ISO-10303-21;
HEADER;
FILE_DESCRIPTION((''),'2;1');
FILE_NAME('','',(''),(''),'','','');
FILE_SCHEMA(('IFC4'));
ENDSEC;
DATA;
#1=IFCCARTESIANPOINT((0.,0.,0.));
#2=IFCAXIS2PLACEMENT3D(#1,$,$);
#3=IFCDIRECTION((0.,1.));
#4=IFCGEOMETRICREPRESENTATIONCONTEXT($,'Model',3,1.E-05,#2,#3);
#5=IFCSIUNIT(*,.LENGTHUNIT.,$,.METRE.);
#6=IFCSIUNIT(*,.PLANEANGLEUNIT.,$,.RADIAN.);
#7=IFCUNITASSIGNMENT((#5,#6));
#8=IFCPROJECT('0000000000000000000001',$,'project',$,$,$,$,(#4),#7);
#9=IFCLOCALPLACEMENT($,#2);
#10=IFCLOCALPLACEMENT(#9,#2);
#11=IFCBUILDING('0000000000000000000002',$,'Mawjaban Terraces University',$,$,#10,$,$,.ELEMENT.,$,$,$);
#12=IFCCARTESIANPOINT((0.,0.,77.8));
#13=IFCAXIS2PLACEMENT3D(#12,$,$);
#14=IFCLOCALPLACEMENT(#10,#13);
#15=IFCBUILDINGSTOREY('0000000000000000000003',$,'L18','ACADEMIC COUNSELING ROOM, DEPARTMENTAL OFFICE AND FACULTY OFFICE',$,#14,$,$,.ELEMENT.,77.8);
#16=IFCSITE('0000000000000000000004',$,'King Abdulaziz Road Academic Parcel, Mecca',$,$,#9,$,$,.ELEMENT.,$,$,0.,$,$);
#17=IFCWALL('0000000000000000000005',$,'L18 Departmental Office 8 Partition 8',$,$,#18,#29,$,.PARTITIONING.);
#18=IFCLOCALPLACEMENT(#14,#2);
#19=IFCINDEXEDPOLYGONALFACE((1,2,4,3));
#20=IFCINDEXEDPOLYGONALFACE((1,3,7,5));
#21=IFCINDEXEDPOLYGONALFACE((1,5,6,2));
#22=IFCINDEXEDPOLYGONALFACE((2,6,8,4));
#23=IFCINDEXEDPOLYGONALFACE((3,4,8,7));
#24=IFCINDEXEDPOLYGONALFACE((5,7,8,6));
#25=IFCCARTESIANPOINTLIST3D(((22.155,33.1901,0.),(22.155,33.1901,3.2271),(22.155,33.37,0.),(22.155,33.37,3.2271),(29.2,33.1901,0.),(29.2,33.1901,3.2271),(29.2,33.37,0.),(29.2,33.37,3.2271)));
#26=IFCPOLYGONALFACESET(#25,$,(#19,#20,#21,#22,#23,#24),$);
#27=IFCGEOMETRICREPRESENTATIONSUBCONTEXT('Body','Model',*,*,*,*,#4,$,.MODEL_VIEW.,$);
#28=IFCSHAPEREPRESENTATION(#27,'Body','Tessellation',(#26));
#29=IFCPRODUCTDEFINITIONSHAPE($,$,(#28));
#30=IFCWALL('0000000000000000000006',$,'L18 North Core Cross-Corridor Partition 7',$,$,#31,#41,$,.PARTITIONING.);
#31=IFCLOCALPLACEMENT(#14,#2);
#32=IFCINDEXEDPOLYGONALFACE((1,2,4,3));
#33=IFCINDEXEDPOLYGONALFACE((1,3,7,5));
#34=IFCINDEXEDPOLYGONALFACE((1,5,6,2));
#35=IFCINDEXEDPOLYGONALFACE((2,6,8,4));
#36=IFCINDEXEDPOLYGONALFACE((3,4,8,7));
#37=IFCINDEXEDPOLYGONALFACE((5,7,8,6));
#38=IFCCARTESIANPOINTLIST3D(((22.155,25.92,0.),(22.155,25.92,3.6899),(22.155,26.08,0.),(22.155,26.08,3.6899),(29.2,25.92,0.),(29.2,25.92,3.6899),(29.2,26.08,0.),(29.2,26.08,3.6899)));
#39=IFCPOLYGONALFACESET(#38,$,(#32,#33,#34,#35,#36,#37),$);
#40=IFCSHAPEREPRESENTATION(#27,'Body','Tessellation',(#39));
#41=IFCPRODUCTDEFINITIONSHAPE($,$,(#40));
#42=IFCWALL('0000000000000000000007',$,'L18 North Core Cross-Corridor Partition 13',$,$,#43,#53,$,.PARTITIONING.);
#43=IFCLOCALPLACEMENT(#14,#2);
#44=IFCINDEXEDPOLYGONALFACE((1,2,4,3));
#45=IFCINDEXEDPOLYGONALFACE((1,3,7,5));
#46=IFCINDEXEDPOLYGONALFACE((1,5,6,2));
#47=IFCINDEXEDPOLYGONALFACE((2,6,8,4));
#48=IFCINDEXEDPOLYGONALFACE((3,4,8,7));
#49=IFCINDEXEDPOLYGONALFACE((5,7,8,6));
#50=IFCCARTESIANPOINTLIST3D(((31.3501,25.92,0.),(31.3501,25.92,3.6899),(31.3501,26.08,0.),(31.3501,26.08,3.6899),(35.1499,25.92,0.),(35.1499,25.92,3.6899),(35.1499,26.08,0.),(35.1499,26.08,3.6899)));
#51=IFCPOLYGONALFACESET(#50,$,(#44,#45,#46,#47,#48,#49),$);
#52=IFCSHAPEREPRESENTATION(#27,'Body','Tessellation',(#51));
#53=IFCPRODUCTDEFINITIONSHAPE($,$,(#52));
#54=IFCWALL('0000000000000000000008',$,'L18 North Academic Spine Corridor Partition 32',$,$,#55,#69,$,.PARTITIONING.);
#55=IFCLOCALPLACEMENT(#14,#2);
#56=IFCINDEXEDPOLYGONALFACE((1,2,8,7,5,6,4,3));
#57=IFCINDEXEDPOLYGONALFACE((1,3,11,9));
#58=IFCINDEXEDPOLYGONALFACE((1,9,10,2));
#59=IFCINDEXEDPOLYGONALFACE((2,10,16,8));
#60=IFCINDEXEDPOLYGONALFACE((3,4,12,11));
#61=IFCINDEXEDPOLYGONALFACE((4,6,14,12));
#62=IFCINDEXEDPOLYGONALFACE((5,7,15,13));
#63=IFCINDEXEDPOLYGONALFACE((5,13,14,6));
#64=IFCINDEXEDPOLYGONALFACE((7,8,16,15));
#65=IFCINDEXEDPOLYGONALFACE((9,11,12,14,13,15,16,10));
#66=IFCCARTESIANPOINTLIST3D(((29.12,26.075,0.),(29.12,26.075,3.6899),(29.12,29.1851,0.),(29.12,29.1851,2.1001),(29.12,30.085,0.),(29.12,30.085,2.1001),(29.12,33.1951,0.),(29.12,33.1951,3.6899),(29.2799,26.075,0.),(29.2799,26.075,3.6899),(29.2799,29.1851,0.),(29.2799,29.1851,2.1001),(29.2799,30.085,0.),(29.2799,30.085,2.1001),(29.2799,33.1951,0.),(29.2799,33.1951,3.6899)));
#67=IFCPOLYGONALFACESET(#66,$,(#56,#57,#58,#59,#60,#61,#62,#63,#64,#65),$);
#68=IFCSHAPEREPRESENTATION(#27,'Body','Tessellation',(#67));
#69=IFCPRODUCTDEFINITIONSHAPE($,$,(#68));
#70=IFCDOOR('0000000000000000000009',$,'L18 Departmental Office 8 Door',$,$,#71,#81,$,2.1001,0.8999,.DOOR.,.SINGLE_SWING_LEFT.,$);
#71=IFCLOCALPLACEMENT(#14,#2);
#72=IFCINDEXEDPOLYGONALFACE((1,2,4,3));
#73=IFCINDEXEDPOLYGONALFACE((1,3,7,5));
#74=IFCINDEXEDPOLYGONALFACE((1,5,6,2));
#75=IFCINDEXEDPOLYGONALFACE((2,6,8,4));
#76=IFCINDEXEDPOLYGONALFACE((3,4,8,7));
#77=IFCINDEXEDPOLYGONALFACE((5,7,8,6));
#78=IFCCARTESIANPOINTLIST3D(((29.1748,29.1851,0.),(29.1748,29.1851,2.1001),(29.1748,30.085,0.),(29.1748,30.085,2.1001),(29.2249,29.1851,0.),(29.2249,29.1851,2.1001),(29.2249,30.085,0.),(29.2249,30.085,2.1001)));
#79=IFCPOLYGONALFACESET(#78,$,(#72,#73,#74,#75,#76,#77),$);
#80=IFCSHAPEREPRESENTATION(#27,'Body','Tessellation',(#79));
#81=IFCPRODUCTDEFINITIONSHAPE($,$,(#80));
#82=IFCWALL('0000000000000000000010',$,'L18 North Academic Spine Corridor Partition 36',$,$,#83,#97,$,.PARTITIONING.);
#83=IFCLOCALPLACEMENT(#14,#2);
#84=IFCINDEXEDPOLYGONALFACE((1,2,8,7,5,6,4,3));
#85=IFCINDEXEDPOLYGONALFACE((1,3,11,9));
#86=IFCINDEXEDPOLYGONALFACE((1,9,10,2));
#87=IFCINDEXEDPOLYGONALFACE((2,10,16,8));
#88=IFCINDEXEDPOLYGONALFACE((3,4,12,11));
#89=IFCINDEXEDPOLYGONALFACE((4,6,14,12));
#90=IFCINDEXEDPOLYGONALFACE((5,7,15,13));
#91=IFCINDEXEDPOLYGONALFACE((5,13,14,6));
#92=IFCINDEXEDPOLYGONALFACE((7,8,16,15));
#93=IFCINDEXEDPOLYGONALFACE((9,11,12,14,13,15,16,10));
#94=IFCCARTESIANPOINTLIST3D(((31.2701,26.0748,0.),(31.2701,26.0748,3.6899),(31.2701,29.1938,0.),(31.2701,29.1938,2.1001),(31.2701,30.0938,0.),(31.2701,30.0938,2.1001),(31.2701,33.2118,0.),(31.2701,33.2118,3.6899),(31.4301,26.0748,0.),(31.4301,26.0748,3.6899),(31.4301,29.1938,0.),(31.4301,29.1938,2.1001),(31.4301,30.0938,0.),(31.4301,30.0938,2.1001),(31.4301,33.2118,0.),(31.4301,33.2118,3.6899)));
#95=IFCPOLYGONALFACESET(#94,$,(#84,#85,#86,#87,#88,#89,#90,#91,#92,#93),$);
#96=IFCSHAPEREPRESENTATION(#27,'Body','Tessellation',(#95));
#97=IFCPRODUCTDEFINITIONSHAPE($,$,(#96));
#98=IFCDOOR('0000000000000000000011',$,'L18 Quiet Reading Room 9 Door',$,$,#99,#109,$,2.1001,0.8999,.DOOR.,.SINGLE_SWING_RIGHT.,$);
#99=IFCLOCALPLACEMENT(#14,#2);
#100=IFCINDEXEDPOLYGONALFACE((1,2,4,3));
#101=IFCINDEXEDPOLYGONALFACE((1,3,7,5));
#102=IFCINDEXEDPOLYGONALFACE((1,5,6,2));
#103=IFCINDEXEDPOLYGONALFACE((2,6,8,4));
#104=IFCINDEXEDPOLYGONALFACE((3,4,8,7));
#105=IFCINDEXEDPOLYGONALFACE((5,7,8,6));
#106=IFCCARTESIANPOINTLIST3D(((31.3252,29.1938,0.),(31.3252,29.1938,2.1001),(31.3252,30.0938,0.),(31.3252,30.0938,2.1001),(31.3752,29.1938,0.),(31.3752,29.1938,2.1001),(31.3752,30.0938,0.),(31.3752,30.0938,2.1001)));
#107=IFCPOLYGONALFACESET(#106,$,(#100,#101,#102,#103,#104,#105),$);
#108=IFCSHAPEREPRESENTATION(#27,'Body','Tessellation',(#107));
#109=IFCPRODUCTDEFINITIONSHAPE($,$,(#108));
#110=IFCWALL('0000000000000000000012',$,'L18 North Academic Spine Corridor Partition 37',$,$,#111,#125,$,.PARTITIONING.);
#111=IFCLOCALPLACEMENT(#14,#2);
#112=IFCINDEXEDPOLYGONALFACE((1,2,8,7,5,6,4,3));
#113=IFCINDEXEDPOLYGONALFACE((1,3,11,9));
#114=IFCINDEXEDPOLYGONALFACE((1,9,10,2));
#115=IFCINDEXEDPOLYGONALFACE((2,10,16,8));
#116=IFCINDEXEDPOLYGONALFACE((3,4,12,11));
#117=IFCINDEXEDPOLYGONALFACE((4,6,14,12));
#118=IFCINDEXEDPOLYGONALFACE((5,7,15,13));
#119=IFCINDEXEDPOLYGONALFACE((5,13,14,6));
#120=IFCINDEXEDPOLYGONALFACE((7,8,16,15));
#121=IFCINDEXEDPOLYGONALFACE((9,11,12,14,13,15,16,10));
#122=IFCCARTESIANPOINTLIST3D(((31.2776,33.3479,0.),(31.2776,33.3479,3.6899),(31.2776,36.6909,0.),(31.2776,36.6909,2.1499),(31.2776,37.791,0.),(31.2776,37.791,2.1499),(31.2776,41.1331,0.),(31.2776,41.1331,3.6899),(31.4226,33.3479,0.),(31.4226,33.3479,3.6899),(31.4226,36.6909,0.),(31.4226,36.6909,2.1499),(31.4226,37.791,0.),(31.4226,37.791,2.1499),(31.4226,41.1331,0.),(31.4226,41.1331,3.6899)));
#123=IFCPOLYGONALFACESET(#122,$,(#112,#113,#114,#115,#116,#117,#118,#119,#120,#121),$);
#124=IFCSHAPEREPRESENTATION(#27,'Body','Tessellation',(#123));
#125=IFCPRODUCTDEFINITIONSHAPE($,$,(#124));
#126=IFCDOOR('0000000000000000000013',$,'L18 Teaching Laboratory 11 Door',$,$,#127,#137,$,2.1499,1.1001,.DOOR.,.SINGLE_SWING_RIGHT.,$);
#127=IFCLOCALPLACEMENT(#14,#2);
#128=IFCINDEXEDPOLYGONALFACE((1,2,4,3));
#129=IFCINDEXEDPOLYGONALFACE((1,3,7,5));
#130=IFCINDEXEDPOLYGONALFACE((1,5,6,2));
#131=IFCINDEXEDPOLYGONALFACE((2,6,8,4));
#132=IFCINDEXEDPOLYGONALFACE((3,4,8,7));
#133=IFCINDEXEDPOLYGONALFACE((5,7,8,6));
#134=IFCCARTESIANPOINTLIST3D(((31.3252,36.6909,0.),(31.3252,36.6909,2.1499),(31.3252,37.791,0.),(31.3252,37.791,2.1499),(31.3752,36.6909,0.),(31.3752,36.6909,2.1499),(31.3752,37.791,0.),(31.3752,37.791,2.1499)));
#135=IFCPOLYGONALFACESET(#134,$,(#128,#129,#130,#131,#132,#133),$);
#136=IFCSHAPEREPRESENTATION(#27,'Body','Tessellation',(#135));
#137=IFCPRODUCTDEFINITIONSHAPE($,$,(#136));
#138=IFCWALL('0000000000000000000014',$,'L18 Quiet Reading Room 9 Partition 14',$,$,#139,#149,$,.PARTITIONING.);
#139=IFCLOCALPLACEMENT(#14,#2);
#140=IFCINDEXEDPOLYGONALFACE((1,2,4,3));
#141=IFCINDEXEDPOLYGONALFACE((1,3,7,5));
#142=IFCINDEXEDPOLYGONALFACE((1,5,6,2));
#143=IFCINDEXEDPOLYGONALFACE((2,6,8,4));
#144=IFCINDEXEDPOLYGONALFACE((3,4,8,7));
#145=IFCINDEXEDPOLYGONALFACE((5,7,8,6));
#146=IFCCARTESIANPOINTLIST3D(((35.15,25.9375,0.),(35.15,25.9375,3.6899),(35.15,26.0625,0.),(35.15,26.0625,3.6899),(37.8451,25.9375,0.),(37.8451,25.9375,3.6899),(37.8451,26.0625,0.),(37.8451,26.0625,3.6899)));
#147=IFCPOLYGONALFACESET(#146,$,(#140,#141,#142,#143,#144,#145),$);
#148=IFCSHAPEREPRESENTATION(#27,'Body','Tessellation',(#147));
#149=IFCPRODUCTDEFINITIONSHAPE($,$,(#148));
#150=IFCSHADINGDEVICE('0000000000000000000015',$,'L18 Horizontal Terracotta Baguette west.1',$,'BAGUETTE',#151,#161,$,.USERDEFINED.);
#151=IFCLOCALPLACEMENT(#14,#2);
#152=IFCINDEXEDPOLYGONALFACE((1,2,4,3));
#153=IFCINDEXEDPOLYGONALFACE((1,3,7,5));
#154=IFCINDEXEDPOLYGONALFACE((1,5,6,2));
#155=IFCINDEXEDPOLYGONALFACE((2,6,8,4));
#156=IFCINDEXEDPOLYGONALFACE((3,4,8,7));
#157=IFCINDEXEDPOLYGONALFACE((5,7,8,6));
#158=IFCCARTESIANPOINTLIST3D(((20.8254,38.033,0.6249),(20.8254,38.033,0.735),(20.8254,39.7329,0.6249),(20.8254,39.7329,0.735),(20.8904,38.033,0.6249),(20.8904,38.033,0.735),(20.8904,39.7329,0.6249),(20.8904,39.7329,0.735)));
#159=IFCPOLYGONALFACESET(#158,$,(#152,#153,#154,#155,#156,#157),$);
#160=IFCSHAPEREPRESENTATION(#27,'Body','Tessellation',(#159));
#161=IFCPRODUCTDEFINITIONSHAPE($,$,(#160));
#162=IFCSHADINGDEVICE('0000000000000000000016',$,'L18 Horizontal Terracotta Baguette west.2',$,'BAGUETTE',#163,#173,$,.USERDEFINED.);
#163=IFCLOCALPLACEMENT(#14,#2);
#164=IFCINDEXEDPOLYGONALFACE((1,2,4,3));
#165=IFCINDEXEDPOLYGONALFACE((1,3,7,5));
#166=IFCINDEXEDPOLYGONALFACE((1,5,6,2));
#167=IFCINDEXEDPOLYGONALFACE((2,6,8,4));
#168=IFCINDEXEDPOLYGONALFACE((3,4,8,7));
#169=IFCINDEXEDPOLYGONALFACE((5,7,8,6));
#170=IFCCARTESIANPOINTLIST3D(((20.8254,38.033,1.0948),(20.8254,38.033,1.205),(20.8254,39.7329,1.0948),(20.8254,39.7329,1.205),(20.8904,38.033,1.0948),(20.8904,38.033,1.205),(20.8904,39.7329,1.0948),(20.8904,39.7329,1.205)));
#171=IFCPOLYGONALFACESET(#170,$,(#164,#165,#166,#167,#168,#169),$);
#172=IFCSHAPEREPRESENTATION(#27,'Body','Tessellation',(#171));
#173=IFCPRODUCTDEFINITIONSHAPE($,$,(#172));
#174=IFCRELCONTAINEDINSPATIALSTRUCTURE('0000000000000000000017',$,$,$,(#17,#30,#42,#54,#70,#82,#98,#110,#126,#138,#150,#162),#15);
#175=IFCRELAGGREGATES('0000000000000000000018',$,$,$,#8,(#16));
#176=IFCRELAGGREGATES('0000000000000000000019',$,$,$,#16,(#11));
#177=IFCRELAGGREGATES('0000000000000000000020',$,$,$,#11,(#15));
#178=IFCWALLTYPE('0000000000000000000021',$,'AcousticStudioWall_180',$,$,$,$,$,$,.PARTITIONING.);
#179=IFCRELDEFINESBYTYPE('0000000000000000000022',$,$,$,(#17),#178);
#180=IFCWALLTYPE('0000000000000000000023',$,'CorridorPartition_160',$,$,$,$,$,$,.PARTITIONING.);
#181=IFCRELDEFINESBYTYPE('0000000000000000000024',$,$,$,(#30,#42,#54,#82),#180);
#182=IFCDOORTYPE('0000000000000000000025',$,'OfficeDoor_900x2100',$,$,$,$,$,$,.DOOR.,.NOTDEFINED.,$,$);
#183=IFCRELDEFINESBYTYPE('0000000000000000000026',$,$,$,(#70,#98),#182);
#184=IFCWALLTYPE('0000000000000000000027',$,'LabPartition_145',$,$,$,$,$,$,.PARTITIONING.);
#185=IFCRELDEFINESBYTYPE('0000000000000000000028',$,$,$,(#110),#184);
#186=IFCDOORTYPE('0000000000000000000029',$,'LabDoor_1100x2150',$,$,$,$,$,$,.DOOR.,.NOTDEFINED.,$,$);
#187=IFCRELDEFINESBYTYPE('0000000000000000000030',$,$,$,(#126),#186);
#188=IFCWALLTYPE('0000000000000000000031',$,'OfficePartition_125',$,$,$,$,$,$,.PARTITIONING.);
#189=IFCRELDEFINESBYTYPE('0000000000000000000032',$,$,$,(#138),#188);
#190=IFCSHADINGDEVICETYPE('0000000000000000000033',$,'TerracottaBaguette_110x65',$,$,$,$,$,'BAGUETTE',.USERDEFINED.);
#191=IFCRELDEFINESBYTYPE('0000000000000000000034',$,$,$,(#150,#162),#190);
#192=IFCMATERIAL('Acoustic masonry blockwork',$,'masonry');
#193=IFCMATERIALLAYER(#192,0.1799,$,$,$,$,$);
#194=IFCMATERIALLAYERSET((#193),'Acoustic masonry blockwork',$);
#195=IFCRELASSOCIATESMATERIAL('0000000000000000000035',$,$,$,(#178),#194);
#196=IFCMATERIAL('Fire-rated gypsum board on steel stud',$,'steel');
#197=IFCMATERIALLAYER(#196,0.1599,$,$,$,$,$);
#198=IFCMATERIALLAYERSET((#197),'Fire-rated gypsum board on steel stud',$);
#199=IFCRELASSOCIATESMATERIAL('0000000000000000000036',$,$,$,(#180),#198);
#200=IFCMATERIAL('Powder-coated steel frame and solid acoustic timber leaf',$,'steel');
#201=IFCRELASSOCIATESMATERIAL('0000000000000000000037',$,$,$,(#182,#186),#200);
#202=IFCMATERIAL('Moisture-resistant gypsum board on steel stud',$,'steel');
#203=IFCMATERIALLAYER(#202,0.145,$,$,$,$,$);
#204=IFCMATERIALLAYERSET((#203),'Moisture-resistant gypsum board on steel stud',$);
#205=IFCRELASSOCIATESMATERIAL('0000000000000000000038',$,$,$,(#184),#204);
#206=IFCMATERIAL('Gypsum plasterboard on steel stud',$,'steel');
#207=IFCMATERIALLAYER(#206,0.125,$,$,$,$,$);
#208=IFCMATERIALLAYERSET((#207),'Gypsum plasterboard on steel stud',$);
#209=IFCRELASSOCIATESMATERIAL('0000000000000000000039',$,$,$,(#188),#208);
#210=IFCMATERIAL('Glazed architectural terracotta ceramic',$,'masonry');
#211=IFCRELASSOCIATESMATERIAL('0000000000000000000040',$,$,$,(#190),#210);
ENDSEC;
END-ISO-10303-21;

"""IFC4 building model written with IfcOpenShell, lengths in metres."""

from ifc_helpers import new_model, si_unit, direction, frame, frame_2d, origin, origin_2d, place, context, subcontext, project, spatial, rectangle, extrude, material, layer, layer_set, material_profile, profile_set, type_object, element, fill, save


model = new_model("IFC4")

# Units and contexts
model_context = context("Model", 3, precision=1e-05, world=origin(), true_north=direction((0.0, 1.0)))
body_context = subcontext(model_context, "Body", "Model", "MODEL_VIEW")
ifc_project = project(units=[si_unit("LENGTHUNIT", "METRE"), si_unit("PLANEANGLEUNIT", "RADIAN")], contexts=[model_context])

# Site, building, storey
site_placement = place(None, origin())
site = spatial("IfcSite", under=ifc_project, at=site_placement, Name="King Abdulaziz Road Academic Parcel, Mecca", CompositionType="ELEMENT", RefElevation=0.0)
building_placement = place(site_placement, origin())
building = spatial("IfcBuilding", under=site, at=building_placement, Name="Mawjaban Terraces University", CompositionType="ELEMENT")
storey_placement = place(building_placement, frame((0.0, 0.0, 77.8)))
storey = spatial("IfcBuildingStorey", under=building, at=storey_placement, Name="L18", Description="ACADEMIC COUNSELING ROOM, DEPARTMENTAL OFFICE AND FACULTY OFFICE", CompositionType="ELEMENT", Elevation=77.8)

# Walls
ifc_material_1 = material(Name="Acoustic masonry blockwork", Category="masonry")
ifc_layer_1 = layer(ifc_material_1, 0.1799)
ifc_layer_set_1 = layer_set([ifc_layer_1], Name="Acoustic masonry blockwork")
wall_type_1 = type_object("IfcWallType", Name="AcousticStudioWall_180", PredefinedType="PARTITIONING", material=ifc_layer_set_1)
wall_1_placement = place(storey_placement, frame((29.2, 33.28, 0.0), z_axis=(0.0, 0.0, 1.0), x_axis=(-1.0, 0.0, 0.0)))
element("IfcWall", 1, at=wall_1_placement, inside=storey, type_object=wall_type_1, Name="L18 Departmental Office 8 Partition 8", PredefinedType="PARTITIONING", context=body_context, shape_type="SweptSolid", body=[
    extrude(rectangle(XDim=7.0449, YDim=0.1799, at=frame_2d((3.5225, 0.0))), origin(), (0.0, 0.0, 1.0), 3.2271),
])
ifc_material_2 = material(Name="Fire-rated gypsum board on steel stud", Category="steel")
ifc_layer_2 = layer(ifc_material_2, 0.1599)
ifc_layer_set_2 = layer_set([ifc_layer_2], Name="Fire-rated gypsum board on steel stud")
wall_type_2 = type_object("IfcWallType", Name="CorridorPartition_160", PredefinedType="PARTITIONING", material=ifc_layer_set_2)
wall_2_placement = place(storey_placement, frame((29.2, 26.0, 0.0), z_axis=(0.0, 0.0, 1.0), x_axis=(-1.0, 0.0, 0.0)))
element("IfcWall", 2, at=wall_2_placement, inside=storey, type_object=wall_type_2, Name="L18 North Core Cross-Corridor Partition 7", PredefinedType="PARTITIONING", context=body_context, shape_type="SweptSolid", body=[
    extrude(rectangle(XDim=7.0449, YDim=0.1599, at=frame_2d((3.5225, 0.0))), origin(), (0.0, 0.0, 1.0), 3.6899),
])
wall_3_placement = place(storey_placement, frame((35.1499, 26.0, 0.0), z_axis=(0.0, 0.0, 1.0), x_axis=(-1.0, 0.0, 0.0)))
element("IfcWall", 3, at=wall_3_placement, inside=storey, type_object=wall_type_2, Name="L18 North Core Cross-Corridor Partition 13", PredefinedType="PARTITIONING", context=body_context, shape_type="SweptSolid", body=[
    extrude(rectangle(XDim=3.7998, YDim=0.1599, at=frame_2d((1.8999, 0.0))), origin(), (0.0, 0.0, 1.0), 3.6899),
])

# Walls, openings, doors
wall_4_placement = place(storey_placement, frame((29.2, 33.1951, 0.0), z_axis=(0.0, 0.0, 1.0), x_axis=(0.0, -1.0, 0.0)))
wall_4 = element("IfcWall", 4, at=wall_4_placement, inside=storey, type_object=wall_type_2, Name="L18 North Academic Spine Corridor Partition 32", PredefinedType="PARTITIONING", context=body_context, shape_type="SweptSolid", body=[
    extrude(rectangle(XDim=7.1201, YDim=0.1599, at=frame_2d((3.5601, 0.0))), origin(), (0.0, 0.0, 1.0), 3.6899),
])
opening_1_placement = place(wall_4_placement, frame((3.1101, 0.0, 0.0)))
opening_1 = element("IfcOpeningElement", 5, at=opening_1_placement, cuts=wall_4, PredefinedType="OPENING", context=body_context, shape_type="SweptSolid", body=[
    extrude(rectangle(XDim=0.8999, YDim=2.1001, at=frame_2d((0.45, 1.05))), frame((0.0, 0.0898, 0.0), z_axis=(0.0, -1.0, 0.0), x_axis=(1.0, 0.0, 0.0)), (0.0, 0.0, 1.0), 0.1799),
])
ifc_material_3 = material(Name="Powder-coated steel frame and solid acoustic timber leaf", Category="steel")
door_type_1 = type_object("IfcDoorType", Name="OfficeDoor_900x2100", OperationType="NOTDEFINED", PredefinedType="DOOR", material=ifc_material_3)
door_1_placement = place(opening_1_placement, origin())
door_1 = element("IfcDoor", 6, at=door_1_placement, inside=storey, type_object=door_type_1, Name="L18 Departmental Office 8 Door", OperationType="SINGLE_SWING_LEFT", OverallHeight=2.1001, OverallWidth=0.8999, PredefinedType="DOOR", context=body_context, shape_type="SweptSolid", body=[
    extrude(rectangle(XDim=0.8999, YDim=2.1001, at=frame_2d((0.45, 1.05))), frame((0.0, 0.0249, 0.0), z_axis=(0.0, -1.0, 0.0), x_axis=(1.0, 0.0, 0.0)), (0.0, 0.0, 1.0), 0.05),
])
fill(opening_1, door_1)
wall_5_placement = place(storey_placement, frame((31.3501, 26.075, 0.0), z_axis=(0.0, 0.0, 1.0), x_axis=(0.0, 1.0, 0.0)))
wall_5 = element("IfcWall", 7, at=wall_5_placement, inside=storey, type_object=wall_type_2, Name="L18 North Academic Spine Corridor Partition 36", PredefinedType="PARTITIONING", context=body_context, shape_type="SweptSolid", body=[
    extrude(rectangle(XDim=7.137, YDim=0.1599, at=frame_2d((3.5684, 0.0))), origin(), (0.0, 0.0, 1.0), 3.6899),
])
opening_2_placement = place(wall_5_placement, frame((3.1189, 0.0, 0.0)))
opening_2 = element("IfcOpeningElement", 8, at=opening_2_placement, cuts=wall_5, PredefinedType="OPENING", context=body_context, shape_type="SweptSolid", body=[
    extrude(rectangle(XDim=0.8999, YDim=2.1001, at=frame_2d((0.45, 1.05))), frame((0.0, 0.0898, 0.0), z_axis=(0.0, -1.0, 0.0), x_axis=(1.0, 0.0, 0.0)), (0.0, 0.0, 1.0), 0.1799),
])
door_2_placement = place(opening_2_placement, origin())
door_2 = element("IfcDoor", 9, at=door_2_placement, inside=storey, type_object=door_type_1, Name="L18 Quiet Reading Room 9 Door", OperationType="SINGLE_SWING_RIGHT", OverallHeight=2.1001, OverallWidth=0.8999, PredefinedType="DOOR", context=body_context, shape_type="SweptSolid", body=[
    extrude(rectangle(XDim=0.8999, YDim=2.1001, at=frame_2d((0.45, 1.05))), frame((0.0, 0.0249, 0.0), z_axis=(0.0, -1.0, 0.0), x_axis=(1.0, 0.0, 0.0)), (0.0, 0.0, 1.0), 0.05),
])
fill(opening_2, door_2)
ifc_material_4 = material(Name="Moisture-resistant gypsum board on steel stud", Category="steel")
ifc_layer_3 = layer(ifc_material_4, 0.145)
ifc_layer_set_3 = layer_set([ifc_layer_3], Name="Moisture-resistant gypsum board on steel stud")
wall_type_3 = type_object("IfcWallType", Name="LabPartition_145", PredefinedType="PARTITIONING", material=ifc_layer_set_3)
wall_6_placement = place(storey_placement, frame((31.3501, 33.3479, 0.0), z_axis=(0.0, 0.0, 1.0), x_axis=(0.0, 1.0, 0.0)))
wall_6 = element("IfcWall", 10, at=wall_6_placement, inside=storey, type_object=wall_type_3, Name="L18 North Academic Spine Corridor Partition 37", PredefinedType="PARTITIONING", context=body_context, shape_type="SweptSolid", body=[
    extrude(rectangle(XDim=7.7852, YDim=0.145, at=frame_2d((3.8926, 0.0))), origin(), (0.0, 0.0, 1.0), 3.6899),
])
opening_3_placement = place(wall_6_placement, frame((3.343, 0.0, 0.0)))
opening_3 = element("IfcOpeningElement", 11, at=opening_3_placement, cuts=wall_6, PredefinedType="OPENING", context=body_context, shape_type="SweptSolid", body=[
    extrude(rectangle(XDim=1.1001, YDim=2.1499, at=frame_2d((0.55, 1.075))), frame((0.0, 0.0825, 0.0), z_axis=(0.0, -1.0, 0.0), x_axis=(1.0, 0.0, 0.0)), (0.0, 0.0, 1.0), 0.165),
])
door_type_2 = type_object("IfcDoorType", Name="LabDoor_1100x2150", OperationType="NOTDEFINED", PredefinedType="DOOR", material=ifc_material_3)
door_3_placement = place(opening_3_placement, origin())
door_3 = element("IfcDoor", 12, at=door_3_placement, inside=storey, type_object=door_type_2, Name="L18 Teaching Laboratory 11 Door", OperationType="SINGLE_SWING_RIGHT", OverallHeight=2.1499, OverallWidth=1.1001, PredefinedType="DOOR", context=body_context, shape_type="SweptSolid", body=[
    extrude(rectangle(XDim=1.1001, YDim=2.1499, at=frame_2d((0.55, 1.075))), frame((0.0, 0.0249, 0.0), z_axis=(0.0, -1.0, 0.0), x_axis=(1.0, 0.0, 0.0)), (0.0, 0.0, 1.0), 0.05),
])
fill(opening_3, door_3)

# Wall
ifc_material_5 = material(Name="Gypsum plasterboard on steel stud", Category="steel")
ifc_layer_4 = layer(ifc_material_5, 0.125)
ifc_layer_set_4 = layer_set([ifc_layer_4], Name="Gypsum plasterboard on steel stud")
wall_type_4 = type_object("IfcWallType", Name="OfficePartition_125", PredefinedType="PARTITIONING", material=ifc_layer_set_4)
wall_7_placement = place(storey_placement, frame((35.1499, 26.0, 0.0), z_axis=(0.0, 0.0, 1.0), x_axis=(1.0, 0.0, 0.0)))
element("IfcWall", 13, at=wall_7_placement, inside=storey, type_object=wall_type_4, Name="L18 Quiet Reading Room 9 Partition 14", PredefinedType="PARTITIONING", context=body_context, shape_type="SweptSolid", body=[
    extrude(rectangle(XDim=2.6951, YDim=0.125, at=frame_2d((1.3477, 0.0))), origin(), (0.0, 0.0, 1.0), 3.6899),
])

# Shading devices
ifc_material_6 = material(Name="Glazed architectural terracotta ceramic", Category="masonry")
ifc_material_profile_1 = material_profile(ifc_material_6, rectangle(XDim=0.0649, YDim=0.1101, at=origin_2d()), Name="TBAG110X65")
ifc_profile_set_1 = profile_set([ifc_material_profile_1], Name="Glazed architectural terracotta ceramic")
shading_device_type = type_object("IfcShadingDeviceType", Name="TerracottaBaguette_110x65", ElementType="BAGUETTE", PredefinedType="USERDEFINED", material=ifc_profile_set_1)
for number, where, z_axis, x_axis, name in (
    (14, (20.8579, 38.033, 0.6799), (0.0, 1.0, 0.0), (-1.0, 0.0, 0.0), "L18 Horizontal Terracotta Baguette west.1"),
    (15, (20.8579, 38.033, 1.1499), (0.0, 1.0, 0.0), (-1.0, 0.0, 0.0), "L18 Horizontal Terracotta Baguette west.2"),
):
    element("IfcShadingDevice", number, at=place(storey_placement, frame(where, z_axis=z_axis, x_axis=x_axis)), inside=storey, type_object=shading_device_type, Name=name, ObjectType="BAGUETTE", PredefinedType="USERDEFINED", context=body_context, shape_type="SweptSolid", body=[
        extrude(rectangle(XDim=0.0649, YDim=0.1101, at=origin_2d()), origin(), (0.0, 0.0, 1.0), 1.7),
    ])

save(model, "model.ifc")
